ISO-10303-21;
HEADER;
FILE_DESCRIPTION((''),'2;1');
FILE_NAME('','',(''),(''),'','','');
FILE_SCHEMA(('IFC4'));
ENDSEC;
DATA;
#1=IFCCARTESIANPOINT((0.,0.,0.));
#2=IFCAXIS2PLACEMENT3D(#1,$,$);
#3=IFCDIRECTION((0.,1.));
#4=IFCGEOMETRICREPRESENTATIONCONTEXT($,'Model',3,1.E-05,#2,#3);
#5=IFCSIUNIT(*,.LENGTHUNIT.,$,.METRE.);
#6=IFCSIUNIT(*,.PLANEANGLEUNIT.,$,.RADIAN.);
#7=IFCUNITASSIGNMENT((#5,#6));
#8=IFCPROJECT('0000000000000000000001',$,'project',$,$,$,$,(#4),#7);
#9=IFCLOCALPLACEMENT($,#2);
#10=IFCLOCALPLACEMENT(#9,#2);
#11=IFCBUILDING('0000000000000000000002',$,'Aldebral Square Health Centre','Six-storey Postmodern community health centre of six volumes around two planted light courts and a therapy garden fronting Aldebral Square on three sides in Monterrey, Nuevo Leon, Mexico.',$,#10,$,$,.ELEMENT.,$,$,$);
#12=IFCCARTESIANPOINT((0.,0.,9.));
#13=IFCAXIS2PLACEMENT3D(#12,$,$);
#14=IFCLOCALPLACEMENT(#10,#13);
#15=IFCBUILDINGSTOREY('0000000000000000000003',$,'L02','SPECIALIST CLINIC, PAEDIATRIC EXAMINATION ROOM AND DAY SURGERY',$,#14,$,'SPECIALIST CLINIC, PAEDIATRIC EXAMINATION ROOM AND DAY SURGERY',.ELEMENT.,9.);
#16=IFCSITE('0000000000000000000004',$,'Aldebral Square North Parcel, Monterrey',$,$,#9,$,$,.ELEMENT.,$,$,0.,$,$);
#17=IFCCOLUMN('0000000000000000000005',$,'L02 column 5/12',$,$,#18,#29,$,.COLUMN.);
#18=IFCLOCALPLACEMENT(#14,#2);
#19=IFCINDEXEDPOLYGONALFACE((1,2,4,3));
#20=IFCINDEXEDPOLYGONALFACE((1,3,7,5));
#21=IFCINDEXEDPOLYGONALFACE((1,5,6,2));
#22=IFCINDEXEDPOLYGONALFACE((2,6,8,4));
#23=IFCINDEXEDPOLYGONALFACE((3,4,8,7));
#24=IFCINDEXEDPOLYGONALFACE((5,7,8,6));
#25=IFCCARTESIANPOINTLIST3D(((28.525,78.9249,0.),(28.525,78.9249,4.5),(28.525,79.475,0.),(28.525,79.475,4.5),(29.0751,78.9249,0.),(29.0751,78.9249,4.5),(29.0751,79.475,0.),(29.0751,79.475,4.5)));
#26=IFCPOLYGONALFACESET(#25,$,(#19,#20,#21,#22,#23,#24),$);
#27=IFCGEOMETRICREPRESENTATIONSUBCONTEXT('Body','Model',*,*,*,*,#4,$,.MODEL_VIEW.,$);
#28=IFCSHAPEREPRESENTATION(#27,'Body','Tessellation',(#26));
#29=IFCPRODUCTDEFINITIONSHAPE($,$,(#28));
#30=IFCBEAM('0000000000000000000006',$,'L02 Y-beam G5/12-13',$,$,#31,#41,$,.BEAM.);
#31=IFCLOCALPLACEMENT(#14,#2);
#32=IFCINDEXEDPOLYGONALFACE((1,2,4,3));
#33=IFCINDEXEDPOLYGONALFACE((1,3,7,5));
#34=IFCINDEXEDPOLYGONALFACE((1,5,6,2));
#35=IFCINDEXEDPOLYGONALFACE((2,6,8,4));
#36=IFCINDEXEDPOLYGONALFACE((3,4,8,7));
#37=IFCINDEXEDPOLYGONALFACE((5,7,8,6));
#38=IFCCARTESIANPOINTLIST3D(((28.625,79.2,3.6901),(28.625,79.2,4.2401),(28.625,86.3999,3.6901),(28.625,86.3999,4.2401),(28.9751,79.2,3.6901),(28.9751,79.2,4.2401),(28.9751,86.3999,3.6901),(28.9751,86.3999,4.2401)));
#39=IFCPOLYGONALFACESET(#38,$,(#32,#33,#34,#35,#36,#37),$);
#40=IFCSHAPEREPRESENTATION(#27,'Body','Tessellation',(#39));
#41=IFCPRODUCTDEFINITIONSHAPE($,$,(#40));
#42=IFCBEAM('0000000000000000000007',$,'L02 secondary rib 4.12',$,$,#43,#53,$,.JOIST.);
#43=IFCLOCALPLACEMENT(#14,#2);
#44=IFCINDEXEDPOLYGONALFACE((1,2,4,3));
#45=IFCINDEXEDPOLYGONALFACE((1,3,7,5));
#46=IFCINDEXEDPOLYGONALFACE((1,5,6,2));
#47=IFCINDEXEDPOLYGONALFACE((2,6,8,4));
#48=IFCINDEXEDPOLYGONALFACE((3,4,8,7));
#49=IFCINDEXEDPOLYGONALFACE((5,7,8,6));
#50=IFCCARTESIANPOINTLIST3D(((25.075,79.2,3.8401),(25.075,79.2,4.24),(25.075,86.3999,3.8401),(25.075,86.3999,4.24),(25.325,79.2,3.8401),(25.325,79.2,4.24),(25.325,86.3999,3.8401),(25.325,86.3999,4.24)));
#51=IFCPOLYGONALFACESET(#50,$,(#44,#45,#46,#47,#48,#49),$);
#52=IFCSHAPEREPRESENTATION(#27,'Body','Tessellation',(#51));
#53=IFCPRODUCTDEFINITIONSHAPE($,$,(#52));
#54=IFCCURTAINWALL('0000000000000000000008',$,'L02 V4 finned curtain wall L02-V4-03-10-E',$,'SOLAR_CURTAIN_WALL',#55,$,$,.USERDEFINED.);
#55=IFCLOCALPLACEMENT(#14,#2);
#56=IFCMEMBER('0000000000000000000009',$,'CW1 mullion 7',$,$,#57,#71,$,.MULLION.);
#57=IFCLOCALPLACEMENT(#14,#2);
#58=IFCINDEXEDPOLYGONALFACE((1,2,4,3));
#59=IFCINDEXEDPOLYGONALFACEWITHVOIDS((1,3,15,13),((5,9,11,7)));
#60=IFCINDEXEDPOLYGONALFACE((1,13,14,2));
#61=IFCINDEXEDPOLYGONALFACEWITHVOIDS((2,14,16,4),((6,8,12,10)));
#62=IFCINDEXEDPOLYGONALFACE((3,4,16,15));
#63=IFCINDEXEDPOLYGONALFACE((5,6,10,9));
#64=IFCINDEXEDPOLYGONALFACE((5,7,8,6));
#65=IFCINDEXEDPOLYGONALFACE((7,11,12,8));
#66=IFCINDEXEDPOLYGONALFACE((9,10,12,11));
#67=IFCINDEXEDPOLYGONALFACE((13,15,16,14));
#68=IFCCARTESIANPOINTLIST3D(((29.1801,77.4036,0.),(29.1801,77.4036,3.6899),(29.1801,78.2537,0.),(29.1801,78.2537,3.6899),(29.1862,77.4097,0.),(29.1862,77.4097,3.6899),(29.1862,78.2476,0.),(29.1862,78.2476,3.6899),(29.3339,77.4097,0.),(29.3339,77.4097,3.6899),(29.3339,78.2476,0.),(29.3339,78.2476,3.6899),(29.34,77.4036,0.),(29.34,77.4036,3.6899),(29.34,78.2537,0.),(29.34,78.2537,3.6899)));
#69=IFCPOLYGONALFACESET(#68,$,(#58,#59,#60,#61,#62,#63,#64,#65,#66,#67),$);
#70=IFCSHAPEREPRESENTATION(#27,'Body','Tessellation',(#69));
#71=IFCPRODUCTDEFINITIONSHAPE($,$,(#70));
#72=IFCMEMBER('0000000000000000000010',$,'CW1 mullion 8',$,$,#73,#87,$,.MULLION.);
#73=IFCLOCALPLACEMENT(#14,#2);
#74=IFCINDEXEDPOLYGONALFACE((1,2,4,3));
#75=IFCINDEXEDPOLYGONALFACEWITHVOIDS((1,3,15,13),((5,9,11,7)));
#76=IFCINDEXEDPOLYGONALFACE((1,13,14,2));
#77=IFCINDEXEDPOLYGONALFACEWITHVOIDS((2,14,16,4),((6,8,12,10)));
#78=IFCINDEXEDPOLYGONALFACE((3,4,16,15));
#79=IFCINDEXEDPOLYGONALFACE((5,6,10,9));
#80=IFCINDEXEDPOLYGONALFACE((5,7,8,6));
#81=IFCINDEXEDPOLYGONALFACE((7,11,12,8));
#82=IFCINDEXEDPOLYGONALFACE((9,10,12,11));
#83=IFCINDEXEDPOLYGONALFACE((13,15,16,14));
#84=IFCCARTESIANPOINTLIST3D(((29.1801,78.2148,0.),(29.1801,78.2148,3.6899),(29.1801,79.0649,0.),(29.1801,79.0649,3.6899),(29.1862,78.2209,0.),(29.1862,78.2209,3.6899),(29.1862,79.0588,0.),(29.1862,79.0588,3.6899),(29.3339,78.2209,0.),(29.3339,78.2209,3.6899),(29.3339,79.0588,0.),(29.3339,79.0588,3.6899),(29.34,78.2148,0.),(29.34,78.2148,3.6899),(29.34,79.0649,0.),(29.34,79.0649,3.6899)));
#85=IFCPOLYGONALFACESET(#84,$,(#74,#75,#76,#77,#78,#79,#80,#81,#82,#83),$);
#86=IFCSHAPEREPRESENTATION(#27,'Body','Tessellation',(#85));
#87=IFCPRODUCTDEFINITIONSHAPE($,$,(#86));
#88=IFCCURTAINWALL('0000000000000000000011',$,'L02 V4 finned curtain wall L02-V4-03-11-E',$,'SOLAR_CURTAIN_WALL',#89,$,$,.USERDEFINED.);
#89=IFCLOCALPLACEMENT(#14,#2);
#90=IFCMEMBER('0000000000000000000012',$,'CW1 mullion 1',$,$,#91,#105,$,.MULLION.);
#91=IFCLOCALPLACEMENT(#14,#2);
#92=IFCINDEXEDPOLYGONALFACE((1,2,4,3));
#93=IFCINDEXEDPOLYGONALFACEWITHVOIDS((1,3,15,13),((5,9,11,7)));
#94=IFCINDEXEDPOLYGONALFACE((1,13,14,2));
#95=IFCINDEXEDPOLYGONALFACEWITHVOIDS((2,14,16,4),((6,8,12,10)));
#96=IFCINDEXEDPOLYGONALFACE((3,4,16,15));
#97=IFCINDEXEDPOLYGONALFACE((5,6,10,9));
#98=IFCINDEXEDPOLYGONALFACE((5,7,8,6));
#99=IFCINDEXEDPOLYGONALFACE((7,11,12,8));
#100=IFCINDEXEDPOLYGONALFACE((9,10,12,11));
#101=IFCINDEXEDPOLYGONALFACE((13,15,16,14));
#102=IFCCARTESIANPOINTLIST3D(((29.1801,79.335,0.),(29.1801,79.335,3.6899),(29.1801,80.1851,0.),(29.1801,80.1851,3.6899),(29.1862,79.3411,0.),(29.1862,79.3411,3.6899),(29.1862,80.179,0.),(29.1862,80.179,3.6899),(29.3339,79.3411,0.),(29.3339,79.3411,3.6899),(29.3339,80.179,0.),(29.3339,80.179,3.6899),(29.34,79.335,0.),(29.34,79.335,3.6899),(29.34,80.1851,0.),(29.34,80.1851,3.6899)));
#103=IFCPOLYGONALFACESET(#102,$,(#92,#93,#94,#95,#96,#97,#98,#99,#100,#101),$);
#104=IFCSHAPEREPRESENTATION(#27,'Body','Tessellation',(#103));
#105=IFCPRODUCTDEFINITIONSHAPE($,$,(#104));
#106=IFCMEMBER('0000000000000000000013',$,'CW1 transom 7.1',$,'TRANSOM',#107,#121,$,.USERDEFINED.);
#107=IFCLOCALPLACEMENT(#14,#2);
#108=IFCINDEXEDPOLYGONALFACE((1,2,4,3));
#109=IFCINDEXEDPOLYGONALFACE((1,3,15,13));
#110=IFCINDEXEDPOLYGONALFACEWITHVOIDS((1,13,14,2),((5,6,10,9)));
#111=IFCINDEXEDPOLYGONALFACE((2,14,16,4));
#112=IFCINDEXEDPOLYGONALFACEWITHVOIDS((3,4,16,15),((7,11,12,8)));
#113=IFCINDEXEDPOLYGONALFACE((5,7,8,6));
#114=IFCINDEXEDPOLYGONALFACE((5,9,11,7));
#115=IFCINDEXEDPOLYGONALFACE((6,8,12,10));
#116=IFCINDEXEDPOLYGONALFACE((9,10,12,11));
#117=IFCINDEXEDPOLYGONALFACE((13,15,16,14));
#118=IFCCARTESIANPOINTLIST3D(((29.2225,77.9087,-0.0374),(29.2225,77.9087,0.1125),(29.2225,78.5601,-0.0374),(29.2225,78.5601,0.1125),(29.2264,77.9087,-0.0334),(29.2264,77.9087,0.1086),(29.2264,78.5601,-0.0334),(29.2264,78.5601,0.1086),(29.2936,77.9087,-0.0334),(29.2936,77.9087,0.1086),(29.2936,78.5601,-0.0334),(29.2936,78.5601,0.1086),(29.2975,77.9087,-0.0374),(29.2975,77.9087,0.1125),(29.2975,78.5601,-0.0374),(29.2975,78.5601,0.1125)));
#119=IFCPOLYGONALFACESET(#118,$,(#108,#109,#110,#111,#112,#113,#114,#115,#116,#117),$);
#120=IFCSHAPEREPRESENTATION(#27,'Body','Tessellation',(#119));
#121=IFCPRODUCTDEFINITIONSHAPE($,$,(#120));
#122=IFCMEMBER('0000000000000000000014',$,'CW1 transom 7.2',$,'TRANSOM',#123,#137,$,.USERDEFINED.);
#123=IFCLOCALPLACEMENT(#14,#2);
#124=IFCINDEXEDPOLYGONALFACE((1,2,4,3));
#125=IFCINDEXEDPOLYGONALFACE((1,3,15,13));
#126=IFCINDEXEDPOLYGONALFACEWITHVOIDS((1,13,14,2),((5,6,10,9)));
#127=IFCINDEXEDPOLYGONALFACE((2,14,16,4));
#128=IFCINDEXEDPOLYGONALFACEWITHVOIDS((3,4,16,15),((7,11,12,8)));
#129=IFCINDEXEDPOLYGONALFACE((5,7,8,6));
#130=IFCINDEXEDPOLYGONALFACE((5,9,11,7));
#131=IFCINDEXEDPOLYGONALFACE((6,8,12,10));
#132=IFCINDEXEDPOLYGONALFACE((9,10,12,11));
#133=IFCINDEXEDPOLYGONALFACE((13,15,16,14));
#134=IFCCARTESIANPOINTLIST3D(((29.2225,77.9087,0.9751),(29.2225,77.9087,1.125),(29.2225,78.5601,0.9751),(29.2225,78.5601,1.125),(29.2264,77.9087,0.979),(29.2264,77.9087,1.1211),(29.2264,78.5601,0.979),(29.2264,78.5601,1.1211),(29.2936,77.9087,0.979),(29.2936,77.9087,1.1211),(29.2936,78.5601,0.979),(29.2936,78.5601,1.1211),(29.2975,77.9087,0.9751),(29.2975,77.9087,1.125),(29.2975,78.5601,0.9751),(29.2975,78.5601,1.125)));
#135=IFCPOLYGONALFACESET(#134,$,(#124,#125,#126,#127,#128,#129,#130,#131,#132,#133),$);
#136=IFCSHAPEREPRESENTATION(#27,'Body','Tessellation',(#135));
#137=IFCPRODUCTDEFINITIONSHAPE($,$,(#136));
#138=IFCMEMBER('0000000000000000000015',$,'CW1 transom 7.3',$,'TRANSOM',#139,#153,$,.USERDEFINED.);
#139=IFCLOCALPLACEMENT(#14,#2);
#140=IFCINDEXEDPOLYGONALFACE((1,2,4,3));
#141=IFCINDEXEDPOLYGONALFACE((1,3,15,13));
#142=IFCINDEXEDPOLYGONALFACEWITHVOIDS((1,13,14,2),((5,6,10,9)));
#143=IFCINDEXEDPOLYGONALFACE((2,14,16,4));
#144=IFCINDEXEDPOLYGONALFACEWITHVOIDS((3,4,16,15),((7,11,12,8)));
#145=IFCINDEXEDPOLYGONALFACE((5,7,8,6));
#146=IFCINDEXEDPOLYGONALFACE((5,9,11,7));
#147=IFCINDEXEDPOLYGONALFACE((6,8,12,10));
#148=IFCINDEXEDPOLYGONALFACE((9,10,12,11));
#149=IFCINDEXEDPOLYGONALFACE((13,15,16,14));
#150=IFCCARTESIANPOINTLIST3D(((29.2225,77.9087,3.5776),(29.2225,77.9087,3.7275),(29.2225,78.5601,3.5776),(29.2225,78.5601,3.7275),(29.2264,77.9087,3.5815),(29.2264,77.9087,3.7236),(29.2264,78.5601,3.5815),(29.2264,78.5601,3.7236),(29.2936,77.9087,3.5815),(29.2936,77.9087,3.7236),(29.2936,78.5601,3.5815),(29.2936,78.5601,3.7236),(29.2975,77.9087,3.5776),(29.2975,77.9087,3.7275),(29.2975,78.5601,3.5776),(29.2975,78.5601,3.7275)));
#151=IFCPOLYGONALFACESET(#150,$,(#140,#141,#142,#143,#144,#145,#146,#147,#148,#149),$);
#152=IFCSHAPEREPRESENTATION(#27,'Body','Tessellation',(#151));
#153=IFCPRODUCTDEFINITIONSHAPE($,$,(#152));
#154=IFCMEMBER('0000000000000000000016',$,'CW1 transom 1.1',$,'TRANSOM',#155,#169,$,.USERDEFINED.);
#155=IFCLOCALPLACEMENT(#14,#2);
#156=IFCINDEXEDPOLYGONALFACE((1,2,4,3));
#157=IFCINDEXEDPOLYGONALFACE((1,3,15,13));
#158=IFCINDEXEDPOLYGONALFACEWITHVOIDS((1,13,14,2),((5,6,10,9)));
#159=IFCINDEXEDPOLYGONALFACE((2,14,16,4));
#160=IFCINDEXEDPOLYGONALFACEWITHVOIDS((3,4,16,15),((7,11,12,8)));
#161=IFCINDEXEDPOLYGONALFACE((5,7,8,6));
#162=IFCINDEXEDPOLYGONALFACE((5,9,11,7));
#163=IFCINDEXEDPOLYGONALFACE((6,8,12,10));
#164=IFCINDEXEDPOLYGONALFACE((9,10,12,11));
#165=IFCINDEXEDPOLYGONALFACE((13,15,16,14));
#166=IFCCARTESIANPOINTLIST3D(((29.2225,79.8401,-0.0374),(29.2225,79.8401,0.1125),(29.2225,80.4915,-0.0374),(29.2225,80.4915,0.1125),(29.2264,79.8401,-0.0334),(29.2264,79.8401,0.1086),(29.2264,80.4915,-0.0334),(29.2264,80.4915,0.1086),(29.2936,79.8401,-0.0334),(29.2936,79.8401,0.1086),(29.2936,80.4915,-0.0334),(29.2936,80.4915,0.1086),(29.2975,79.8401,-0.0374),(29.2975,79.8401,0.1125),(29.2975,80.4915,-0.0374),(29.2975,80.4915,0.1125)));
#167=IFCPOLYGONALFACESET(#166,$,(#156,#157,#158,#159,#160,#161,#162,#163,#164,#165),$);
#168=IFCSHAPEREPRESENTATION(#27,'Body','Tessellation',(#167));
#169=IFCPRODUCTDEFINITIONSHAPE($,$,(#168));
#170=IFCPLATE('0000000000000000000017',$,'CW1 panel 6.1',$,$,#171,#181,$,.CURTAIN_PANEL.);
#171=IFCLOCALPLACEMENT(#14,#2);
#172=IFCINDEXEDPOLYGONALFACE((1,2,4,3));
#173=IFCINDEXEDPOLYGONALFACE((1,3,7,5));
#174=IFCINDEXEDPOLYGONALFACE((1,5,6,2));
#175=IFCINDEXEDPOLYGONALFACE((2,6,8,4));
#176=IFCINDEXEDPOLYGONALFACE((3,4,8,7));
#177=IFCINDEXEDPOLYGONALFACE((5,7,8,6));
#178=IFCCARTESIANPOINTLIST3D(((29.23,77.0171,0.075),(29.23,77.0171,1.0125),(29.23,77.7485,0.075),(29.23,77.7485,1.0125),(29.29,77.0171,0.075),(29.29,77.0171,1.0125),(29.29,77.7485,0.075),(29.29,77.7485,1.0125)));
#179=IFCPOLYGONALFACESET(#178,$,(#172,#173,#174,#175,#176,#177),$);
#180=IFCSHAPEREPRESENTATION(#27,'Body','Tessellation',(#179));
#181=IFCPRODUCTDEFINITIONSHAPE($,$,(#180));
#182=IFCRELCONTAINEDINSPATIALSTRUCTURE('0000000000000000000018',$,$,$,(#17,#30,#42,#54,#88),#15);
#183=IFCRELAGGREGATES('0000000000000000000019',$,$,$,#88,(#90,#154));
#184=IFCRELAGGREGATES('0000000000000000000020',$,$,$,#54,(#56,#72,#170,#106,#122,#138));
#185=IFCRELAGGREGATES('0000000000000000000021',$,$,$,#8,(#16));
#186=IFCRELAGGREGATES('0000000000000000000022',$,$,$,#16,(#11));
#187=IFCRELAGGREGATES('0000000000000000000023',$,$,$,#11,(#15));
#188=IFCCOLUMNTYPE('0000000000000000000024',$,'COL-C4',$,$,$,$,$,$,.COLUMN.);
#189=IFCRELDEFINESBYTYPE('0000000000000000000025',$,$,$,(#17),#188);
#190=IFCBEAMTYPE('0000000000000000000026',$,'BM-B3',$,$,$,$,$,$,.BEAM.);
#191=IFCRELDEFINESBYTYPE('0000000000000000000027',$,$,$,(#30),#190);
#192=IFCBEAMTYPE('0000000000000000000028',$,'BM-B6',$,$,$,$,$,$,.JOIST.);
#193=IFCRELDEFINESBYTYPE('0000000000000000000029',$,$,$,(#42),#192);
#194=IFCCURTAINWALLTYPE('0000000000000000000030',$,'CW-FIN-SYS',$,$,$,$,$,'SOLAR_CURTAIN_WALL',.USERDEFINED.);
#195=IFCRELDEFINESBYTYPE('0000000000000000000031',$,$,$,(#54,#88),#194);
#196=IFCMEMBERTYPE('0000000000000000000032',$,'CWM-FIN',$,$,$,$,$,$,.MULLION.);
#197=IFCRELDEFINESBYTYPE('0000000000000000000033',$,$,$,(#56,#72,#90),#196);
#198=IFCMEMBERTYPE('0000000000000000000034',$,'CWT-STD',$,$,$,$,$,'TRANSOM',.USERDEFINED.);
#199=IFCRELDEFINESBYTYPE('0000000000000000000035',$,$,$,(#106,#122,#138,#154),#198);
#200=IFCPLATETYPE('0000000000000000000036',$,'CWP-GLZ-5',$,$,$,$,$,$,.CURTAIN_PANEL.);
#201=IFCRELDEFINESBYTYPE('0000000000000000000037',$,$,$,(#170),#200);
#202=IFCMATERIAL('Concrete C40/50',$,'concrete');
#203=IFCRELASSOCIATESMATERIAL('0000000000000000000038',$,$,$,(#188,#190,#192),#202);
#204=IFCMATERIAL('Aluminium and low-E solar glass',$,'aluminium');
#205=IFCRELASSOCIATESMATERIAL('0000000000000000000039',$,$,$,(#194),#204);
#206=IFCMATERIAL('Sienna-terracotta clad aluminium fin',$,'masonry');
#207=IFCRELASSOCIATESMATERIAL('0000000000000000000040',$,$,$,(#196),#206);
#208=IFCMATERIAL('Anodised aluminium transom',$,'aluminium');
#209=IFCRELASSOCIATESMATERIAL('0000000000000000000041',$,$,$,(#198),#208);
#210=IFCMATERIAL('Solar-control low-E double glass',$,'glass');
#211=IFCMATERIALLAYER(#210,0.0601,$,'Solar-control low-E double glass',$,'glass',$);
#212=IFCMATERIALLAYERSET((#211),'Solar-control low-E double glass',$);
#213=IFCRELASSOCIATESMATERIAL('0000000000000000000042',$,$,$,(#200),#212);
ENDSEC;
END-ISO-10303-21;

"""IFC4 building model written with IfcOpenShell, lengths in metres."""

from ifc_helpers import new_model, si_unit, direction, frame, origin, origin_2d, place, context, subcontext, project, spatial, rectangle, hollow_rectangle, extrude, material, layer, layer_set, material_profile, profile_set, type_object, element, aggregate, save


model = new_model("IFC4")

# Units and contexts
model_context = context("Model", 3, precision=1e-05, world=origin(), true_north=direction((0.0, 1.0)))
body_context = subcontext(model_context, "Body", "Model", "MODEL_VIEW")
ifc_project = project(units=[si_unit("LENGTHUNIT", "METRE"), si_unit("PLANEANGLEUNIT", "RADIAN")], contexts=[model_context])

# Site, building, storey
site_placement = place(None, origin())
site = spatial("IfcSite", under=ifc_project, at=site_placement, Name="Aldebral Square North Parcel, Monterrey", CompositionType="ELEMENT", RefElevation=0.0)
building_placement = place(site_placement, origin())
building = spatial("IfcBuilding", under=site, at=building_placement, Name="Aldebral Square Health Centre", Description="Six-storey Postmodern community health centre of six volumes around two planted light courts and a therapy garden fronting Aldebral Square on three sides in Monterrey, Nuevo Leon, Mexico.", CompositionType="ELEMENT")
storey_placement = place(building_placement, frame((0.0, 0.0, 9.0)))
storey = spatial("IfcBuildingStorey", under=building, at=storey_placement, Name="L02", Description="SPECIALIST CLINIC, PAEDIATRIC EXAMINATION ROOM AND DAY SURGERY", LongName="SPECIALIST CLINIC, PAEDIATRIC EXAMINATION ROOM AND DAY SURGERY", CompositionType="ELEMENT", Elevation=9.0)

# Column
ifc_material_1 = material(Name="Concrete C40/50", Category="concrete")
ifc_material_profile_1 = material_profile(ifc_material_1, rectangle(XDim=0.55, YDim=0.55, at=origin_2d()), Name="RC 550x550")
ifc_profile_set_1 = profile_set([ifc_material_profile_1], Name="Concrete C40/50")
column_type = type_object("IfcColumnType", Name="COL-C4", PredefinedType="COLUMN", material=ifc_profile_set_1)
column_placement = place(storey_placement, frame((28.8, 79.2, 0.0), z_axis=(0.0, 0.0, 1.0), x_axis=(1.0, 0.0, 0.0)))
element("IfcColumn", 1, at=column_placement, inside=storey, type_object=column_type, Name="L02 column 5/12", PredefinedType="COLUMN", context=body_context, shape_type="SweptSolid", body=[
    extrude(rectangle(XDim=0.55, YDim=0.55, at=origin_2d()), origin(), (0.0, 0.0, 1.0), 4.5),
])

# Beams
ifc_material_profile_2 = material_profile(ifc_material_1, rectangle(XDim=0.3501, YDim=0.55, at=origin_2d()), Name="RC 350x550")
ifc_profile_set_2 = profile_set([ifc_material_profile_2], Name="Concrete C40/50")
beam_type_1 = type_object("IfcBeamType", Name="BM-B3", PredefinedType="BEAM", material=ifc_profile_set_2)
beam_1_placement = place(storey_placement, frame((28.8, 79.2, 3.9651), z_axis=(0.0, 1.0, 0.0), x_axis=(-1.0, 0.0, 0.0)))
element("IfcBeam", 2, at=beam_1_placement, inside=storey, type_object=beam_type_1, Name="L02 Y-beam G5/12-13", PredefinedType="BEAM", context=body_context, shape_type="SweptSolid", body=[
    extrude(rectangle(XDim=0.3501, YDim=0.55, at=origin_2d()), origin(), (0.0, 0.0, 1.0), 7.2),
])
ifc_material_profile_3 = material_profile(ifc_material_1, rectangle(XDim=0.25, YDim=0.3999, at=origin_2d()), Name="RC 250x400")
ifc_profile_set_3 = profile_set([ifc_material_profile_3], Name="Concrete C40/50")
beam_type_2 = type_object("IfcBeamType", Name="BM-B6", PredefinedType="JOIST", material=ifc_profile_set_3)
beam_2_placement = place(storey_placement, frame((25.2, 79.2, 4.04), z_axis=(0.0, 1.0, 0.0), x_axis=(-1.0, 0.0, 0.0)))
element("IfcBeam", 3, at=beam_2_placement, inside=storey, type_object=beam_type_2, Name="L02 secondary rib 4.12", PredefinedType="JOIST", context=body_context, shape_type="SweptSolid", body=[
    extrude(rectangle(XDim=0.25, YDim=0.3999, at=origin_2d()), origin(), (0.0, 0.0, 1.0), 7.2),
])

# Curtain wall, members
ifc_material_2 = material(Name="Aluminium and low-E solar glass", Category="aluminium")
curtain_wall_type = type_object("IfcCurtainWallType", Name="CW-FIN-SYS", ElementType="SOLAR_CURTAIN_WALL", PredefinedType="USERDEFINED", material=ifc_material_2)
curtain_wall_1_placement = place(storey_placement, origin())
curtain_wall_1 = element("IfcCurtainWall", 4, at=curtain_wall_1_placement, inside=storey, type_object=curtain_wall_type, Name="L02 V4 finned curtain wall L02-V4-03-10-E", ObjectType="SOLAR_CURTAIN_WALL", PredefinedType="USERDEFINED")
ifc_material_3 = material(Name="Sienna-terracotta clad aluminium fin", Category="masonry")
ifc_material_profile_4 = material_profile(ifc_material_3, hollow_rectangle(XDim=0.1599, YDim=0.8501, WallThickness=0.0061, at=origin_2d()), Name="FIN 160x850x6")
ifc_profile_set_4 = profile_set([ifc_material_profile_4], Name="Sienna-terracotta clad aluminium fin")
member_type_1 = type_object("IfcMemberType", Name="CWM-FIN", PredefinedType="MULLION", material=ifc_profile_set_4)
member_1_placement = place(storey_placement, frame((29.26, 77.8286, 0.0), z_axis=(0.0, 0.0, 1.0), x_axis=(-1.0, 0.0, 0.0)))
member_1 = element("IfcMember", 5, at=member_1_placement, type_object=member_type_1, Name="CW1 mullion 7", PredefinedType="MULLION", context=body_context, shape_type="SweptSolid", body=[
    extrude(hollow_rectangle(XDim=0.1599, YDim=0.8501, WallThickness=0.0061, at=origin_2d()), origin(), (0.0, 0.0, 1.0), 3.6899),
])
member_2_placement = place(storey_placement, frame((29.26, 78.6399, 0.0), z_axis=(0.0, 0.0, 1.0), x_axis=(-1.0, 0.0, 0.0)))
member_2 = element("IfcMember", 6, at=member_2_placement, type_object=member_type_1, Name="CW1 mullion 8", PredefinedType="MULLION", context=body_context, shape_type="SweptSolid", body=[
    extrude(hollow_rectangle(XDim=0.1599, YDim=0.8501, WallThickness=0.0061, at=origin_2d()), origin(), (0.0, 0.0, 1.0), 3.6899),
])

# Curtain wall, member
curtain_wall_2_placement = place(storey_placement, origin())
curtain_wall_2 = element("IfcCurtainWall", 7, at=curtain_wall_2_placement, inside=storey, type_object=curtain_wall_type, Name="L02 V4 finned curtain wall L02-V4-03-11-E", ObjectType="SOLAR_CURTAIN_WALL", PredefinedType="USERDEFINED")
member_3_placement = place(storey_placement, frame((29.26, 79.76, 0.0), z_axis=(0.0, 0.0, 1.0), x_axis=(-1.0, 0.0, 0.0)))
member_3 = element("IfcMember", 8, at=member_3_placement, type_object=member_type_1, Name="CW1 mullion 1", PredefinedType="MULLION", context=body_context, shape_type="SweptSolid", body=[
    extrude(hollow_rectangle(XDim=0.1599, YDim=0.8501, WallThickness=0.0061, at=origin_2d()), origin(), (0.0, 0.0, 1.0), 3.6899),
])

# Members
ifc_material_4 = material(Name="Anodised aluminium transom", Category="aluminium")
ifc_material_profile_5 = material_profile(ifc_material_4, hollow_rectangle(XDim=0.075, YDim=0.1499, WallThickness=0.0039, at=origin_2d()), Name="CWT 75x150x4")
ifc_profile_set_5 = profile_set([ifc_material_profile_5], Name="Anodised aluminium transom")
member_type_2 = type_object("IfcMemberType", Name="CWT-STD", ElementType="TRANSOM", PredefinedType="USERDEFINED", material=ifc_profile_set_5)
member_4_placement = place(storey_placement, frame((29.26, 77.9087, 0.0376), z_axis=(0.0, 1.0, 0.0), x_axis=(-1.0, 0.0, 0.0)))
member_4 = element("IfcMember", 9, at=member_4_placement, type_object=member_type_2, Name="CW1 transom 7.1", ObjectType="TRANSOM", PredefinedType="USERDEFINED", context=body_context, shape_type="SweptSolid", body=[
    extrude(hollow_rectangle(XDim=0.075, YDim=0.1499, WallThickness=0.0039, at=origin_2d()), origin(), (0.0, 0.0, 1.0), 0.6514),
])
member_5_placement = place(storey_placement, frame((29.26, 77.9087, 1.05), z_axis=(0.0, 1.0, 0.0), x_axis=(-1.0, 0.0, 0.0)))
member_5 = element("IfcMember", 10, at=member_5_placement, type_object=member_type_2, Name="CW1 transom 7.2", ObjectType="TRANSOM", PredefinedType="USERDEFINED", context=body_context, shape_type="SweptSolid", body=[
    extrude(hollow_rectangle(XDim=0.075, YDim=0.1499, WallThickness=0.0039, at=origin_2d()), origin(), (0.0, 0.0, 1.0), 0.6514),
])
member_6_placement = place(storey_placement, frame((29.26, 77.9087, 3.6526), z_axis=(0.0, 1.0, 0.0), x_axis=(-1.0, 0.0, 0.0)))
member_6 = element("IfcMember", 11, at=member_6_placement, type_object=member_type_2, Name="CW1 transom 7.3", ObjectType="TRANSOM", PredefinedType="USERDEFINED", context=body_context, shape_type="SweptSolid", body=[
    extrude(hollow_rectangle(XDim=0.075, YDim=0.1499, WallThickness=0.0039, at=origin_2d()), origin(), (0.0, 0.0, 1.0), 0.6514),
])
member_7_placement = place(storey_placement, frame((29.26, 79.8401, 0.0376), z_axis=(0.0, 1.0, 0.0), x_axis=(-1.0, 0.0, 0.0)))
member_7 = element("IfcMember", 12, at=member_7_placement, type_object=member_type_2, Name="CW1 transom 1.1", ObjectType="TRANSOM", PredefinedType="USERDEFINED", context=body_context, shape_type="SweptSolid", body=[
    extrude(hollow_rectangle(XDim=0.075, YDim=0.1499, WallThickness=0.0039, at=origin_2d()), origin(), (0.0, 0.0, 1.0), 0.6514),
])
aggregate(curtain_wall_2, [member_3, member_7])

# Plate
ifc_material_5 = material(Name="Solar-control low-E double glass", Category="glass")
ifc_layer_1 = layer(ifc_material_5, 0.0601, Name="Solar-control low-E double glass", Category="glass")
ifc_layer_set_1 = layer_set([ifc_layer_1], Name="Solar-control low-E double glass")
plate_type = type_object("IfcPlateType", Name="CWP-GLZ-5", PredefinedType="CURTAIN_PANEL", material=ifc_layer_set_1)
plate_1_placement = place(storey_placement, frame((29.26, 77.3828, 0.075), z_axis=(0.0, 0.0, 1.0), x_axis=(0.0, 1.0, 0.0)))
plate_1 = element("IfcPlate", 13, at=plate_1_placement, type_object=plate_type, Name="CW1 panel 6.1", PredefinedType="CURTAIN_PANEL", context=body_context, shape_type="SweptSolid", body=[
    extrude(rectangle(XDim=0.7314, YDim=0.0601, at=origin_2d()), origin(), (0.0, 0.0, 1.0), 0.9375),
])
aggregate(curtain_wall_1, [member_1, member_2, plate_1, member_4, member_5, member_6])

save(model, "model.ifc")
